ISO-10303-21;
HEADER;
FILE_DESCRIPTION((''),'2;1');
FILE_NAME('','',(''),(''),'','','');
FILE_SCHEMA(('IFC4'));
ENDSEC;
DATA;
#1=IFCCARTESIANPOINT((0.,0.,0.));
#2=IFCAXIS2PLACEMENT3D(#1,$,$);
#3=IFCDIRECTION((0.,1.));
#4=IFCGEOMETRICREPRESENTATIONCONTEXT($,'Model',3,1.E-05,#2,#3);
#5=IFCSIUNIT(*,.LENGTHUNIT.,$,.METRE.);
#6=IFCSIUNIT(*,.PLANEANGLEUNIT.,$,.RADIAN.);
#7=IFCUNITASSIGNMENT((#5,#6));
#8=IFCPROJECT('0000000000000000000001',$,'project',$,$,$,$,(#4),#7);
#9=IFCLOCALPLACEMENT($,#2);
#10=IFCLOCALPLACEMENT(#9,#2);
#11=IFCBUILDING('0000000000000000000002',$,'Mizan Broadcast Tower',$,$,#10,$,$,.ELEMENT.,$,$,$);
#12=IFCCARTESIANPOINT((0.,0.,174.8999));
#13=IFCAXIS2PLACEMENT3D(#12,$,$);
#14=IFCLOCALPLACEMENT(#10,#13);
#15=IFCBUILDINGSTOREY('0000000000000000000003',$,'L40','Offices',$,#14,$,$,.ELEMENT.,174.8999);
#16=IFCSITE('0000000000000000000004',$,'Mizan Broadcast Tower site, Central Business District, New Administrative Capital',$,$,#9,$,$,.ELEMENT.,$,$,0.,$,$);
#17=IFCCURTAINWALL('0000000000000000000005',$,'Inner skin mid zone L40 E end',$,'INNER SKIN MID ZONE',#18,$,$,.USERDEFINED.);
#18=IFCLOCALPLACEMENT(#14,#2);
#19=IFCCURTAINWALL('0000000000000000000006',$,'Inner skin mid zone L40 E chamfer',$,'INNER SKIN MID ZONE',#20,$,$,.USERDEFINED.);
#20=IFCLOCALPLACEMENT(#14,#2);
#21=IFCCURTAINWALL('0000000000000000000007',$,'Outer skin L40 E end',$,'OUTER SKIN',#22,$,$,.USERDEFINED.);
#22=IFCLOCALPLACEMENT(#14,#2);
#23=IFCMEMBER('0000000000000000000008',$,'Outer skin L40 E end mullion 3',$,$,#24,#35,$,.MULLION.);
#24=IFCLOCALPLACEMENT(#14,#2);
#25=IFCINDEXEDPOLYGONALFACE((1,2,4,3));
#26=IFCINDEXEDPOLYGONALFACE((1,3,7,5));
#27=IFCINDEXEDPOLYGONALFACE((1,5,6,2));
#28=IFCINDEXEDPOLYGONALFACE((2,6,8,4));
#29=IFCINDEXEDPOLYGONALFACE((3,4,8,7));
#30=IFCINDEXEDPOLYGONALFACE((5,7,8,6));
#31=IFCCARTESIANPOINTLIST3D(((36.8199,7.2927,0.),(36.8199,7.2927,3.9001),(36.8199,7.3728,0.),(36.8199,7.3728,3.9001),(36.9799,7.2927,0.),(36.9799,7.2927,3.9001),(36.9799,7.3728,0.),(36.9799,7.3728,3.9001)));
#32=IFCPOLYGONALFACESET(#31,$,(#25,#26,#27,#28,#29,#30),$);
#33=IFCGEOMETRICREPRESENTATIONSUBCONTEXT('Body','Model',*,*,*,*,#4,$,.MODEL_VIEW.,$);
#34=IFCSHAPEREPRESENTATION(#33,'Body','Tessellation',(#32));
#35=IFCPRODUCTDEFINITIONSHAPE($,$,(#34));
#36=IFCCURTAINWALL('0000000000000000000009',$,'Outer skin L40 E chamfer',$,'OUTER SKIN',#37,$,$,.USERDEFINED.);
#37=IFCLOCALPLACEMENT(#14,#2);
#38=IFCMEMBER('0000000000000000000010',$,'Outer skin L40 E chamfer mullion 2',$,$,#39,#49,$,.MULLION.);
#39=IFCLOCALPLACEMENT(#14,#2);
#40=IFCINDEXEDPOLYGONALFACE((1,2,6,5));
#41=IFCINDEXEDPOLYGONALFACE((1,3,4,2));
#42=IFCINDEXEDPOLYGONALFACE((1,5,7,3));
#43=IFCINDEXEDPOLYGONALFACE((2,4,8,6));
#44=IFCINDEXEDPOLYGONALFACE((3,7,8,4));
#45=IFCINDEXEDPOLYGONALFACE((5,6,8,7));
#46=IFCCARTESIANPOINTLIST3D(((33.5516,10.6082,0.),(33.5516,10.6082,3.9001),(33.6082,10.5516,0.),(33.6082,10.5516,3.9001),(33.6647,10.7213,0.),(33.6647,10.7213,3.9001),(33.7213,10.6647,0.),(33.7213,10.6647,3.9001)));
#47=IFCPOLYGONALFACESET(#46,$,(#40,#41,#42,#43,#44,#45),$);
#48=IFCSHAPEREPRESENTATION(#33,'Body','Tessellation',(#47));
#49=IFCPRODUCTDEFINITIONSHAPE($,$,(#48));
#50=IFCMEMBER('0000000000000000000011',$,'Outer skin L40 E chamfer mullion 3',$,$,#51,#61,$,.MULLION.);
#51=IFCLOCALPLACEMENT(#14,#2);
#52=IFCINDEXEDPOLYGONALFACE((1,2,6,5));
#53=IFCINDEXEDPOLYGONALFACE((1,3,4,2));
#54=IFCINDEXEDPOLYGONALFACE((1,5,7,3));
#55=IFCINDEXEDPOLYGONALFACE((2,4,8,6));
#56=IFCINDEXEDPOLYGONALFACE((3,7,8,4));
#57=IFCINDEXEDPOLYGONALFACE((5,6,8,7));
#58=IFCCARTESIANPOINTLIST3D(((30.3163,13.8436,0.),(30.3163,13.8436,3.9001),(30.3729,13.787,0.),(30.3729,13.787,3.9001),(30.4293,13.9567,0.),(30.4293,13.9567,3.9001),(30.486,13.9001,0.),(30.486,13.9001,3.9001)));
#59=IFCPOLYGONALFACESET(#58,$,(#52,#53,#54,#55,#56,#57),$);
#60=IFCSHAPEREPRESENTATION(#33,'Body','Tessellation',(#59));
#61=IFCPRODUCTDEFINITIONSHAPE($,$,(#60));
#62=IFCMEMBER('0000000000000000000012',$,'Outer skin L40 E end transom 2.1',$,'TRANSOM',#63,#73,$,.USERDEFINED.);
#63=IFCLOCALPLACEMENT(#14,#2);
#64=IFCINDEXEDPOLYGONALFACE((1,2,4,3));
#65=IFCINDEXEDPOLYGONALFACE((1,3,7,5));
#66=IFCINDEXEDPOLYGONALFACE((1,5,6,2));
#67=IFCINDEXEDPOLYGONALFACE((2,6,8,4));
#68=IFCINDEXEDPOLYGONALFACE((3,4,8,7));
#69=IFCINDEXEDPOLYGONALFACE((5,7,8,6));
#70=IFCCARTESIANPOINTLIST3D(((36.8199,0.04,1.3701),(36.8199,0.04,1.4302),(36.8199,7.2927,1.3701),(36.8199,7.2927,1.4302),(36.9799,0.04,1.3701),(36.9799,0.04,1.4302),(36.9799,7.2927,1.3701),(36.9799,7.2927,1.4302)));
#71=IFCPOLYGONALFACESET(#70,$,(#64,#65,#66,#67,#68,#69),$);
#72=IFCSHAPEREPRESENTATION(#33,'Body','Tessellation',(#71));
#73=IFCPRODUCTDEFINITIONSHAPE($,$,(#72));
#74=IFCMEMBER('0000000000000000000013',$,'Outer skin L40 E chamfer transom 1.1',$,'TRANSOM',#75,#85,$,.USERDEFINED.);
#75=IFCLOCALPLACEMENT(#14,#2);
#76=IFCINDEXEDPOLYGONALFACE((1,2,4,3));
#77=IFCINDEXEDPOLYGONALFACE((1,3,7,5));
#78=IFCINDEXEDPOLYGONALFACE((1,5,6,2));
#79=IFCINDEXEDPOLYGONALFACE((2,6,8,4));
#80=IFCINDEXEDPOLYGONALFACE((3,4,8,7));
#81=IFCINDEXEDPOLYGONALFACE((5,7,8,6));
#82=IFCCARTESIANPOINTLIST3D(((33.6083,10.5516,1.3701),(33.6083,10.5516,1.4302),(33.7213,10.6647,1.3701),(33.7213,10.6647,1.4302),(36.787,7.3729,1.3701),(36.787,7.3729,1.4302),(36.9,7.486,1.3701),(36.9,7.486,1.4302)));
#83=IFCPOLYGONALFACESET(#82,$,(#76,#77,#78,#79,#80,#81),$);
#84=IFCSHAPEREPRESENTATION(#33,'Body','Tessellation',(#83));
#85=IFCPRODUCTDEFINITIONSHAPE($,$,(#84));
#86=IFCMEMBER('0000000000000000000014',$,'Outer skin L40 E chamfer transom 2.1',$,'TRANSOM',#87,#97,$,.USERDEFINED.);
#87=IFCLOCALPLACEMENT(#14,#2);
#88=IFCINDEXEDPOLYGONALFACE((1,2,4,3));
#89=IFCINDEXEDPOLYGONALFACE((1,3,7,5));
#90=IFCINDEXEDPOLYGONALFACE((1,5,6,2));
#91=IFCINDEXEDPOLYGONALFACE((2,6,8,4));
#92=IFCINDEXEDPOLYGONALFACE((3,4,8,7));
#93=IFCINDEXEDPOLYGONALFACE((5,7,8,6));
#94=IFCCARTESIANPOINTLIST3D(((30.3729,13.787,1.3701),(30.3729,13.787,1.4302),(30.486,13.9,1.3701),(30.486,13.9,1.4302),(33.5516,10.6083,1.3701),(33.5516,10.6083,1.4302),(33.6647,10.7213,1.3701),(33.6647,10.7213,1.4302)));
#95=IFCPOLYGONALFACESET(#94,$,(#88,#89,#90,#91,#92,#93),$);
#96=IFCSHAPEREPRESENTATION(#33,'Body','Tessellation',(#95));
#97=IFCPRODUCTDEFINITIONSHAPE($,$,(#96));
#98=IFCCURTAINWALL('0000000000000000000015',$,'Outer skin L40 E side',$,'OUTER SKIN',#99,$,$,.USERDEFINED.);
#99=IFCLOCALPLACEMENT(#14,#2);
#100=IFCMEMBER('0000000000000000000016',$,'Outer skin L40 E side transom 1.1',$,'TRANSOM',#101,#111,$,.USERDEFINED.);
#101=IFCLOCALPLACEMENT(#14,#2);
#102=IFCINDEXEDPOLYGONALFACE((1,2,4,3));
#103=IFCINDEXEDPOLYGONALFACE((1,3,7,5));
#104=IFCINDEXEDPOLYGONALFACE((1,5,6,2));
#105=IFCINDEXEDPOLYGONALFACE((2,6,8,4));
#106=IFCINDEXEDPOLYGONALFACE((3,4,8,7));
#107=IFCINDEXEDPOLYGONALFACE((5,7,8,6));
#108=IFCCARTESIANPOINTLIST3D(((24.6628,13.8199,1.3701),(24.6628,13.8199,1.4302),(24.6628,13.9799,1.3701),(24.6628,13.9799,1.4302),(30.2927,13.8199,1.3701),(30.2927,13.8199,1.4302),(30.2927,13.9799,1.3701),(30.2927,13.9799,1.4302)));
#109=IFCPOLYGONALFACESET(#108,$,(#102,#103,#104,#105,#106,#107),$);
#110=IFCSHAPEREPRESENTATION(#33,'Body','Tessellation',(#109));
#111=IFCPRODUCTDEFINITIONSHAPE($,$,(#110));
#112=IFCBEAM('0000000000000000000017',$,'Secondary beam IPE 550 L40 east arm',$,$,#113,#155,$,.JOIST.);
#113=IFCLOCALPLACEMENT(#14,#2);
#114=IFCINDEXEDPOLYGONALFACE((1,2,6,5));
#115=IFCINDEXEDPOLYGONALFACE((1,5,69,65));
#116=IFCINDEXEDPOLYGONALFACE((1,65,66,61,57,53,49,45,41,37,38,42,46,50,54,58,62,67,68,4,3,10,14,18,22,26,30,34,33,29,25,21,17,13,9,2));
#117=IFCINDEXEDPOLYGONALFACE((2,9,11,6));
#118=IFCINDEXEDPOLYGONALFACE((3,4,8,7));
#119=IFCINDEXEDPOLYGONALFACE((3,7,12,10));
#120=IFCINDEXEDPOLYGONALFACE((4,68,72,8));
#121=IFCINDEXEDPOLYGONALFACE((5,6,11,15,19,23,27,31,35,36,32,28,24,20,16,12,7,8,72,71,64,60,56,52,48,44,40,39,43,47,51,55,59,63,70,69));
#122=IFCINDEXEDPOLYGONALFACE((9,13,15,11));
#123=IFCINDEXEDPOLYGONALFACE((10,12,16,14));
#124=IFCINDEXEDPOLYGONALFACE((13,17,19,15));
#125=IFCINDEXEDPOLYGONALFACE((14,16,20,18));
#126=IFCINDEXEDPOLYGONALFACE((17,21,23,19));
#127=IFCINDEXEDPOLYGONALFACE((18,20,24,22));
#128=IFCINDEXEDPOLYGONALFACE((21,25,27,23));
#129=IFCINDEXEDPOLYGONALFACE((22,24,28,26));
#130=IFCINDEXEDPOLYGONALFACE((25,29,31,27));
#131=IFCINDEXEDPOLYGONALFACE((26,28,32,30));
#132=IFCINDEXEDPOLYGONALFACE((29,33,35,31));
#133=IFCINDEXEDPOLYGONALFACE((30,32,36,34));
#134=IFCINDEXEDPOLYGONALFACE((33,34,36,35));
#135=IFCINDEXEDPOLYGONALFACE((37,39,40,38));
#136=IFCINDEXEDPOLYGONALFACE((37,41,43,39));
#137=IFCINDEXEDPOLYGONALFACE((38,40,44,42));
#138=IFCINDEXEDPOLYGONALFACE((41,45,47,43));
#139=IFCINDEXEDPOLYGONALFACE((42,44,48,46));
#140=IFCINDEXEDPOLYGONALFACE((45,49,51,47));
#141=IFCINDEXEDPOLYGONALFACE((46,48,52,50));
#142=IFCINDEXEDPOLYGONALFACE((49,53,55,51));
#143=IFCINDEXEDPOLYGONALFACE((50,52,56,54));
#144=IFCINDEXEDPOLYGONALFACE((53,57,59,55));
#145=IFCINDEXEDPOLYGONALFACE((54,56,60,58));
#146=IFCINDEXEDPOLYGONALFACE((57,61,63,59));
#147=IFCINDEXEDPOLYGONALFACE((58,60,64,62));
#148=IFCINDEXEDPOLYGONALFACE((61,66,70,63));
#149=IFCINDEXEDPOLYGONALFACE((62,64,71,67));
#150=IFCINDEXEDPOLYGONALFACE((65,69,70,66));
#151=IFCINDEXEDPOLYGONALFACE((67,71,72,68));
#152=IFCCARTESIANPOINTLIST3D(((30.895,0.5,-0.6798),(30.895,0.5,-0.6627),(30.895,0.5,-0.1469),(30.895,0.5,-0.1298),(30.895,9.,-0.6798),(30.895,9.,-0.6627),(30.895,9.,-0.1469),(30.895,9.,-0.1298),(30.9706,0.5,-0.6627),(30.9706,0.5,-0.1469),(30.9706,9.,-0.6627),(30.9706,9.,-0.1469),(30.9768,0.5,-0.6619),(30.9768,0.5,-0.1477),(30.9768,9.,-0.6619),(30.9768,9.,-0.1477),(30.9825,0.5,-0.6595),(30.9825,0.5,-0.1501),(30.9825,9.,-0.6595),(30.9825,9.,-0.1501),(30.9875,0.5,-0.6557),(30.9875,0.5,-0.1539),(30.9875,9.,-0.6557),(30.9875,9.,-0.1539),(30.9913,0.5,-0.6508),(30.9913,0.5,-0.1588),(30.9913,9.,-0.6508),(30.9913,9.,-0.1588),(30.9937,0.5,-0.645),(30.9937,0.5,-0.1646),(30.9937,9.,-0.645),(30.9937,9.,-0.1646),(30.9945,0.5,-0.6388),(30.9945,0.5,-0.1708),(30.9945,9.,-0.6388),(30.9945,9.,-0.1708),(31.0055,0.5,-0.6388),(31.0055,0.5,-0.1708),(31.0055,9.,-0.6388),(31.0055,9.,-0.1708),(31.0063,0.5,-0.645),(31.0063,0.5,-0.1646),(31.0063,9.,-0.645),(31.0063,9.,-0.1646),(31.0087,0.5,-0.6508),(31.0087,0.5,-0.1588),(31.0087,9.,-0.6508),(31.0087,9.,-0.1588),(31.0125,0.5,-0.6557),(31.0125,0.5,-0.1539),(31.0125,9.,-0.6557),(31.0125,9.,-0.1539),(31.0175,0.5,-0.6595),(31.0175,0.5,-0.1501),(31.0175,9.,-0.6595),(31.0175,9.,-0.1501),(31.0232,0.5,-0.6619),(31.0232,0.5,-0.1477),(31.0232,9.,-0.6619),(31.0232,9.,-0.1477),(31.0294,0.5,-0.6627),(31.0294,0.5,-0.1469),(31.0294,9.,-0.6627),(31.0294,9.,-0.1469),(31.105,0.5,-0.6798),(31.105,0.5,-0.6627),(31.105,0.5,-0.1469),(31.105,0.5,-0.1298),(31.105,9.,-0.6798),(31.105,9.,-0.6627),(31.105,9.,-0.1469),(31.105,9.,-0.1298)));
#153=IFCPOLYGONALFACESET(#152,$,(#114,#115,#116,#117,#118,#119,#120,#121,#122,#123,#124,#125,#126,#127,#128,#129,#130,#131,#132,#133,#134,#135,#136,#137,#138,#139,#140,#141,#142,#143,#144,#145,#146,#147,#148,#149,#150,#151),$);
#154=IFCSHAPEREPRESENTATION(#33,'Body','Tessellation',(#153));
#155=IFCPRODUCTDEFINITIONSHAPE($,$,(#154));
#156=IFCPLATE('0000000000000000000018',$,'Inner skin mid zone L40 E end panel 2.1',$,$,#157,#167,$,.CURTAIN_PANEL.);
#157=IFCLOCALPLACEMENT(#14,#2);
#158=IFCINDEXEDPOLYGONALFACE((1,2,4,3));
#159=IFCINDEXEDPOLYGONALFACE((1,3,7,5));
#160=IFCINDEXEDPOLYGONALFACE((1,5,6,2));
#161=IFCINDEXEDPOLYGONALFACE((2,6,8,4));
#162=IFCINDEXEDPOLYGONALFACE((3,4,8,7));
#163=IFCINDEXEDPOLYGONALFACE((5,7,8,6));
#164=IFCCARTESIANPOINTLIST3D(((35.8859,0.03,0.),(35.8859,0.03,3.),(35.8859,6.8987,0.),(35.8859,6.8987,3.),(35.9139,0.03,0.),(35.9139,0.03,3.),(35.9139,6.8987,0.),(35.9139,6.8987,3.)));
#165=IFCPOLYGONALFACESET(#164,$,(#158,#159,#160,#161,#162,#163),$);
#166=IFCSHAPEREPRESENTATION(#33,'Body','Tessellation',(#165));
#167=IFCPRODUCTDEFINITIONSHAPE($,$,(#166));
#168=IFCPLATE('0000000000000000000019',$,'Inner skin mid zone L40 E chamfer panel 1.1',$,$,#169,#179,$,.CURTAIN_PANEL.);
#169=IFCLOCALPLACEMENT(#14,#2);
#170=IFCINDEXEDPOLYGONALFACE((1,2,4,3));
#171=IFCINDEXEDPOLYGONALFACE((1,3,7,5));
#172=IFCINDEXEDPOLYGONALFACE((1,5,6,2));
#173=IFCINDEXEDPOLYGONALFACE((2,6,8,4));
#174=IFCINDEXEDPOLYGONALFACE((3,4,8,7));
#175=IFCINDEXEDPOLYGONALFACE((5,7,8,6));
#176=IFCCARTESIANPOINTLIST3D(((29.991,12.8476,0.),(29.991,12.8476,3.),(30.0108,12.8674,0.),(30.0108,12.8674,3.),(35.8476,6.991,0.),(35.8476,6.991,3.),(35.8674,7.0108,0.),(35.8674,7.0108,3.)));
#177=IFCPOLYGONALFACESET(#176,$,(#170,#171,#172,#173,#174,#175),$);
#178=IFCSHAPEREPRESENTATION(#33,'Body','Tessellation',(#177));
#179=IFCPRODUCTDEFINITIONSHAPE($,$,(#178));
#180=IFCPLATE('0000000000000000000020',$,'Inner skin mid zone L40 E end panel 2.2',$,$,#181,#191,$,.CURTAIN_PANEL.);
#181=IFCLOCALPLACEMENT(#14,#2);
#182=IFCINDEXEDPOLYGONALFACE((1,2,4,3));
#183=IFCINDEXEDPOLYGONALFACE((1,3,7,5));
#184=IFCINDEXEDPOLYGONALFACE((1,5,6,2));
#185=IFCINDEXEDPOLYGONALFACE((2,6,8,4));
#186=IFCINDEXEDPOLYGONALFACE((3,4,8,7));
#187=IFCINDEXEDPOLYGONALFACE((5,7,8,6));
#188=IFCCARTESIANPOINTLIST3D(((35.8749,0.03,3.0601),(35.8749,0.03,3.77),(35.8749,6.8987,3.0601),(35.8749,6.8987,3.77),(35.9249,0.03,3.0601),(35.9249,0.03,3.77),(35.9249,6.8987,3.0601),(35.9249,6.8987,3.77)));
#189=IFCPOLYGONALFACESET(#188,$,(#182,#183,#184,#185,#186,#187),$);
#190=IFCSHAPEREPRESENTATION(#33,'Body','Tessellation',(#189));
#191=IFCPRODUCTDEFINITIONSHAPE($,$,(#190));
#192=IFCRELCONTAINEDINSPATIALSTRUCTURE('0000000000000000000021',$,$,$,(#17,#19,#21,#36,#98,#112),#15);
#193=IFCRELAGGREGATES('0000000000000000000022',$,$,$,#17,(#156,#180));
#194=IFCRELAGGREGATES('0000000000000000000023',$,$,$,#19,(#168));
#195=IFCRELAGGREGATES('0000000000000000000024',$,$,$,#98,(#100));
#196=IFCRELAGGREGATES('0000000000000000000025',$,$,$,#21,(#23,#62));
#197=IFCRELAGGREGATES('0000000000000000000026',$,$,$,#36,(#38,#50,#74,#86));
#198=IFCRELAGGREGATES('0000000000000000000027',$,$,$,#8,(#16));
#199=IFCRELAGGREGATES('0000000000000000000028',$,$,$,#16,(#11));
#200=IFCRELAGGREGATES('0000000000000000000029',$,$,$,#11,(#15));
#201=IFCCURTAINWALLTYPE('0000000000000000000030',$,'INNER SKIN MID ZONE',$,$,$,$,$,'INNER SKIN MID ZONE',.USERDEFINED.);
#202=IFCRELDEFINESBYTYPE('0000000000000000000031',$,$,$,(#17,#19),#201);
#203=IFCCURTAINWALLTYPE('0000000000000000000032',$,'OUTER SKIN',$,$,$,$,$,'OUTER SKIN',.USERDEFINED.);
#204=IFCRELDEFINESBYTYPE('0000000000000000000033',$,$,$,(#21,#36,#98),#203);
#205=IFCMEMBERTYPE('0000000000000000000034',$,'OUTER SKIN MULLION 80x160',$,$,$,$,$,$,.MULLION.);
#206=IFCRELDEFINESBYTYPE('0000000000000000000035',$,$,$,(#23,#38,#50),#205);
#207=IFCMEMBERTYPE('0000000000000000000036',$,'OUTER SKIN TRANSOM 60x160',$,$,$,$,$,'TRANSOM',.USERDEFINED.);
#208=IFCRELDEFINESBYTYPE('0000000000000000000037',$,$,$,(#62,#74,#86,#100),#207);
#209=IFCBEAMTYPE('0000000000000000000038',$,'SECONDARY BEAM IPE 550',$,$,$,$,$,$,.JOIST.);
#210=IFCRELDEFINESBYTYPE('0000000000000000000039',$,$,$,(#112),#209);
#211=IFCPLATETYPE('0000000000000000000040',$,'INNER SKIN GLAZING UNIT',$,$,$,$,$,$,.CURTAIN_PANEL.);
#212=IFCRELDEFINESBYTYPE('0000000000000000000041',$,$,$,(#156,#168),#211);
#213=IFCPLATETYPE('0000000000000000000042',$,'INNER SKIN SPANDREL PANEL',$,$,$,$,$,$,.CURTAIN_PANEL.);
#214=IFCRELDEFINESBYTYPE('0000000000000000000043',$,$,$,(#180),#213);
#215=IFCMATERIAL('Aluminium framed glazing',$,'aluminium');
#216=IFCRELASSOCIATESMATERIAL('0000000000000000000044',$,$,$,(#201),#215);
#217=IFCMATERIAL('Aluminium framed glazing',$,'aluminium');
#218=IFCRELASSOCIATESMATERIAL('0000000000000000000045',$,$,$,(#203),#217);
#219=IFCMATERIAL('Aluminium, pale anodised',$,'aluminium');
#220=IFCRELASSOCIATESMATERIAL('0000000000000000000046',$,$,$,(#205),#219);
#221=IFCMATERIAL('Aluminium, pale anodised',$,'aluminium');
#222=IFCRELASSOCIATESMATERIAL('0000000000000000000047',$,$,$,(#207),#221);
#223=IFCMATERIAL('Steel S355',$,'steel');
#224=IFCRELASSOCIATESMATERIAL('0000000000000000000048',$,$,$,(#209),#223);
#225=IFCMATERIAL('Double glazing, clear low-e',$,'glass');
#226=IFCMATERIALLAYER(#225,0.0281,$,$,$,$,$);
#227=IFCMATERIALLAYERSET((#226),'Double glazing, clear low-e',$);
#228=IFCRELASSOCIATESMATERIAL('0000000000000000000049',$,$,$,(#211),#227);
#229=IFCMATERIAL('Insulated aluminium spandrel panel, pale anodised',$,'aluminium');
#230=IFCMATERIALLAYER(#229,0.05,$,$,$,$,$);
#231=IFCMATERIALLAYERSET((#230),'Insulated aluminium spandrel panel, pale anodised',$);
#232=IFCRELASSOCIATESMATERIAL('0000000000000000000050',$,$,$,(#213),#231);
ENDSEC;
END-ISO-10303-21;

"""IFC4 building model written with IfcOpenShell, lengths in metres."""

from ifc_helpers import new_model, si_unit, direction, frame, origin, origin_2d, place, context, subcontext, project, spatial, rectangle, i_section, extrude, material, layer, layer_set, material_profile, profile_set, type_object, element, aggregate, save


model = new_model("IFC4")

# Units and contexts
model_context = context("Model", 3, precision=1e-05, world=origin(), true_north=direction((0.0, 1.0)))
body_context = subcontext(model_context, "Body", "Model", "MODEL_VIEW")
ifc_project = project(units=[si_unit("LENGTHUNIT", "METRE"), si_unit("PLANEANGLEUNIT", "RADIAN")], contexts=[model_context])

# Site, building, storey
site_placement = place(None, origin())
site = spatial("IfcSite", under=ifc_project, at=site_placement, Name="Mizan Broadcast Tower site, Central Business District, New Administrative Capital", CompositionType="ELEMENT", RefElevation=0.0)
building_placement = place(site_placement, origin())
building = spatial("IfcBuilding", under=site, at=building_placement, Name="Mizan Broadcast Tower", CompositionType="ELEMENT")
storey_placement = place(building_placement, frame((0.0, 0.0, 174.8999)))
storey = spatial("IfcBuildingStorey", under=building, at=storey_placement, Name="L40", Description="Offices", CompositionType="ELEMENT", Elevation=174.8999)

# Curtain wall
ifc_material_1 = material(Name="Aluminium framed glazing", Category="aluminium")
curtain_wall_type_1 = type_object("IfcCurtainWallType", Name="INNER SKIN MID ZONE", ElementType="INNER SKIN MID ZONE", PredefinedType="USERDEFINED", material=ifc_material_1)
curtain_wall_1_placement = place(storey_placement, origin())
curtain_wall_1 = element("IfcCurtainWall", 1, at=curtain_wall_1_placement, inside=storey, type_object=curtain_wall_type_1, Name="Inner skin mid zone L40 E end", ObjectType="INNER SKIN MID ZONE", PredefinedType="USERDEFINED")

# Curtain wall
curtain_wall_2_placement = place(storey_placement, origin())
curtain_wall_2 = element("IfcCurtainWall", 2, at=curtain_wall_2_placement, inside=storey, type_object=curtain_wall_type_1, Name="Inner skin mid zone L40 E chamfer", ObjectType="INNER SKIN MID ZONE", PredefinedType="USERDEFINED")

# Curtain walls, members
ifc_material_2 = material(Name="Aluminium framed glazing", Category="aluminium")
curtain_wall_type_2 = type_object("IfcCurtainWallType", Name="OUTER SKIN", ElementType="OUTER SKIN", PredefinedType="USERDEFINED", material=ifc_material_2)
curtain_wall_3_placement = place(storey_placement, origin())
curtain_wall_3 = element("IfcCurtainWall", 3, at=curtain_wall_3_placement, inside=storey, type_object=curtain_wall_type_2, Name="Outer skin L40 E end", ObjectType="OUTER SKIN", PredefinedType="USERDEFINED")
ifc_material_3 = material(Name="Aluminium, pale anodised", Category="aluminium")
ifc_material_profile_1 = material_profile(ifc_material_3, rectangle(XDim=0.1599, YDim=0.0801, at=origin_2d()), Name="MULLION 160x80")
ifc_profile_set_1 = profile_set([ifc_material_profile_1], Name="Aluminium, pale anodised")
member_type_1 = type_object("IfcMemberType", Name="OUTER SKIN MULLION 80x160", PredefinedType="MULLION", material=ifc_profile_set_1)
member_1_placement = place(storey_placement, frame((36.8999, 7.3328, 0.0), z_axis=(0.0, 0.0, 1.0), x_axis=(-1.0, 0.0, 0.0)))
member_1 = element("IfcMember", 4, at=member_1_placement, type_object=member_type_1, Name="Outer skin L40 E end mullion 3", PredefinedType="MULLION", context=body_context, shape_type="SweptSolid", body=[
    extrude(rectangle(XDim=0.1599, YDim=0.0801, at=origin_2d()), origin(), (0.0, 0.0, 1.0), 3.9001),
])
curtain_wall_4_placement = place(storey_placement, origin())
curtain_wall_4 = element("IfcCurtainWall", 5, at=curtain_wall_4_placement, inside=storey, type_object=curtain_wall_type_2, Name="Outer skin L40 E chamfer", ObjectType="OUTER SKIN", PredefinedType="USERDEFINED")
member_2_placement = place(storey_placement, frame((33.6365, 10.6365, 0.0), z_axis=(0.0, 0.0, 1.0), x_axis=(-0.707107, -0.707107, 0.0)))
member_2 = element("IfcMember", 6, at=member_2_placement, type_object=member_type_1, Name="Outer skin L40 E chamfer mullion 2", PredefinedType="MULLION", context=body_context, shape_type="SweptSolid", body=[
    extrude(rectangle(XDim=0.1599, YDim=0.0801, at=origin_2d()), origin(), (0.0, 0.0, 1.0), 3.9001),
])
member_3_placement = place(storey_placement, frame((30.4011, 13.8718, 0.0), z_axis=(0.0, 0.0, 1.0), x_axis=(-0.707107, -0.707107, 0.0)))
member_3 = element("IfcMember", 7, at=member_3_placement, type_object=member_type_1, Name="Outer skin L40 E chamfer mullion 3", PredefinedType="MULLION", context=body_context, shape_type="SweptSolid", body=[
    extrude(rectangle(XDim=0.1599, YDim=0.0801, at=origin_2d()), origin(), (0.0, 0.0, 1.0), 3.9001),
])

# Members
ifc_material_4 = material(Name="Aluminium, pale anodised", Category="aluminium")
ifc_material_profile_2 = material_profile(ifc_material_4, rectangle(XDim=0.1599, YDim=0.0601, at=origin_2d()), Name="TRANSOM 160x60")
ifc_profile_set_2 = profile_set([ifc_material_profile_2], Name="Aluminium, pale anodised")
member_type_2 = type_object("IfcMemberType", Name="OUTER SKIN TRANSOM 60x160", ElementType="TRANSOM", PredefinedType="USERDEFINED", material=ifc_profile_set_2)
member_4_placement = place(storey_placement, frame((36.8999, 0.04, 1.4001), z_axis=(0.0, 1.0, 0.0), x_axis=(-1.0, 0.0, 0.0)))
member_4 = element("IfcMember", 8, at=member_4_placement, type_object=member_type_2, Name="Outer skin L40 E end transom 2.1", ObjectType="TRANSOM", PredefinedType="USERDEFINED", context=body_context, shape_type="SweptSolid", body=[
    extrude(rectangle(XDim=0.1599, YDim=0.0601, at=origin_2d()), origin(), (0.0, 0.0, 1.0), 7.2527),
])
member_5_placement = place(storey_placement, frame((36.8435, 7.4294, 1.4001), z_axis=(-0.707107, 0.707107, 0.0), x_axis=(-0.707107, -0.707107, 0.0)))
member_5 = element("IfcMember", 9, at=member_5_placement, type_object=member_type_2, Name="Outer skin L40 E chamfer transom 1.1", ObjectType="TRANSOM", PredefinedType="USERDEFINED", context=body_context, shape_type="SweptSolid", body=[
    extrude(rectangle(XDim=0.1599, YDim=0.0601, at=origin_2d()), origin(), (0.0, 0.0, 1.0), 4.4954),
])
member_6_placement = place(storey_placement, frame((33.6082, 10.6648, 1.4001), z_axis=(-0.707107, 0.707107, 0.0), x_axis=(-0.707107, -0.707107, 0.0)))
member_6 = element("IfcMember", 10, at=member_6_placement, type_object=member_type_2, Name="Outer skin L40 E chamfer transom 2.1", ObjectType="TRANSOM", PredefinedType="USERDEFINED", context=body_context, shape_type="SweptSolid", body=[
    extrude(rectangle(XDim=0.1599, YDim=0.0601, at=origin_2d()), origin(), (0.0, 0.0, 1.0), 4.4954),
])

# Curtain wall, member
curtain_wall_5_placement = place(storey_placement, origin())
curtain_wall_5 = element("IfcCurtainWall", 11, at=curtain_wall_5_placement, inside=storey, type_object=curtain_wall_type_2, Name="Outer skin L40 E side", ObjectType="OUTER SKIN", PredefinedType="USERDEFINED")
member_7_placement = place(storey_placement, frame((30.2927, 13.8999, 1.4001), z_axis=(-1.0, 0.0, 0.0), x_axis=(0.0, -1.0, 0.0)))
member_7 = element("IfcMember", 12, at=member_7_placement, type_object=member_type_2, Name="Outer skin L40 E side transom 1.1", ObjectType="TRANSOM", PredefinedType="USERDEFINED", context=body_context, shape_type="SweptSolid", body=[
    extrude(rectangle(XDim=0.1599, YDim=0.0601, at=origin_2d()), origin(), (0.0, 0.0, 1.0), 5.6299),
])

# Beam
ifc_material_5 = material(Name="Steel S355", Category="steel")
ifc_material_profile_3 = material_profile(ifc_material_5, i_section(OverallWidth=0.21, OverallDepth=0.55, WebThickness=0.011, FlangeThickness=0.0171, FilletRadius=0.0239, at=origin_2d()), Name="IPE 550")
ifc_profile_set_3 = profile_set([ifc_material_profile_3], Name="Steel S355")
beam_type_1 = type_object("IfcBeamType", Name="SECONDARY BEAM IPE 550", PredefinedType="JOIST", material=ifc_profile_set_3)
beam_1_placement = place(storey_placement, frame((31.0, 9.0, -0.4048), z_axis=(0.0, -1.0, 0.0), x_axis=(1.0, 0.0, 0.0)))
element("IfcBeam", 13, at=beam_1_placement, inside=storey, type_object=beam_type_1, Name="Secondary beam IPE 550 L40 east arm", PredefinedType="JOIST", context=body_context, shape_type="SweptSolid", body=[
    extrude(i_section(OverallWidth=0.21, OverallDepth=0.55, WebThickness=0.011, FlangeThickness=0.0171, FilletRadius=0.0239, at=origin_2d()), origin(), (0.0, 0.0, 1.0), 8.5),
])

# Plates
ifc_material_6 = material(Name="Double glazing, clear low-e", Category="glass")
ifc_layer_1 = layer(ifc_material_6, 0.0281)
ifc_layer_set_1 = layer_set([ifc_layer_1], Name="Double glazing, clear low-e")
plate_type_1 = type_object("IfcPlateType", Name="INNER SKIN GLAZING UNIT", PredefinedType="CURTAIN_PANEL", material=ifc_layer_set_1)
plate_1_placement = place(storey_placement, frame((35.8999, 3.4644, 0.0), z_axis=(0.0, 0.0, 1.0), x_axis=(0.0, 1.0, 0.0)))
plate_1 = element("IfcPlate", 14, at=plate_1_placement, type_object=plate_type_1, Name="Inner skin mid zone L40 E end panel 2.1", PredefinedType="CURTAIN_PANEL", context=body_context, shape_type="SweptSolid", body=[
    extrude(rectangle(XDim=6.8687, YDim=0.0281, at=origin_2d()), origin(), (0.0, 0.0, 1.0), 3.0),
])
plate_2_placement = place(storey_placement, frame((32.9292, 9.9292, 0.0), z_axis=(0.0, 0.0, 1.0), x_axis=(-0.707107, 0.707107, 0.0)))
plate_2 = element("IfcPlate", 15, at=plate_2_placement, type_object=plate_type_1, Name="Inner skin mid zone L40 E chamfer panel 1.1", PredefinedType="CURTAIN_PANEL", context=body_context, shape_type="SweptSolid", body=[
    extrude(rectangle(XDim=8.2825, YDim=0.0281, at=origin_2d()), origin(), (0.0, 0.0, 1.0), 3.0),
])
ifc_material_7 = material(Name="Insulated aluminium spandrel panel, pale anodised", Category="aluminium")
ifc_layer_2 = layer(ifc_material_7, 0.05)
ifc_layer_set_2 = layer_set([ifc_layer_2], Name="Insulated aluminium spandrel panel, pale anodised")
plate_type_2 = type_object("IfcPlateType", Name="INNER SKIN SPANDREL PANEL", PredefinedType="CURTAIN_PANEL", material=ifc_layer_set_2)
plate_3_placement = place(storey_placement, frame((35.8999, 3.4644, 3.0601), z_axis=(0.0, 0.0, 1.0), x_axis=(0.0, 1.0, 0.0)))
plate_3 = element("IfcPlate", 16, at=plate_3_placement, type_object=plate_type_2, Name="Inner skin mid zone L40 E end panel 2.2", PredefinedType="CURTAIN_PANEL", context=body_context, shape_type="SweptSolid", body=[
    extrude(rectangle(XDim=6.8687, YDim=0.05, at=origin_2d()), origin(), (0.0, 0.0, 1.0), 0.71),
])
aggregate(curtain_wall_1, [plate_1, plate_3])
aggregate(curtain_wall_2, [plate_2])
aggregate(curtain_wall_5, [member_7])
aggregate(curtain_wall_3, [member_1, member_4])
aggregate(curtain_wall_4, [member_2, member_3, member_5, member_6])

save(model, "model.ifc")
